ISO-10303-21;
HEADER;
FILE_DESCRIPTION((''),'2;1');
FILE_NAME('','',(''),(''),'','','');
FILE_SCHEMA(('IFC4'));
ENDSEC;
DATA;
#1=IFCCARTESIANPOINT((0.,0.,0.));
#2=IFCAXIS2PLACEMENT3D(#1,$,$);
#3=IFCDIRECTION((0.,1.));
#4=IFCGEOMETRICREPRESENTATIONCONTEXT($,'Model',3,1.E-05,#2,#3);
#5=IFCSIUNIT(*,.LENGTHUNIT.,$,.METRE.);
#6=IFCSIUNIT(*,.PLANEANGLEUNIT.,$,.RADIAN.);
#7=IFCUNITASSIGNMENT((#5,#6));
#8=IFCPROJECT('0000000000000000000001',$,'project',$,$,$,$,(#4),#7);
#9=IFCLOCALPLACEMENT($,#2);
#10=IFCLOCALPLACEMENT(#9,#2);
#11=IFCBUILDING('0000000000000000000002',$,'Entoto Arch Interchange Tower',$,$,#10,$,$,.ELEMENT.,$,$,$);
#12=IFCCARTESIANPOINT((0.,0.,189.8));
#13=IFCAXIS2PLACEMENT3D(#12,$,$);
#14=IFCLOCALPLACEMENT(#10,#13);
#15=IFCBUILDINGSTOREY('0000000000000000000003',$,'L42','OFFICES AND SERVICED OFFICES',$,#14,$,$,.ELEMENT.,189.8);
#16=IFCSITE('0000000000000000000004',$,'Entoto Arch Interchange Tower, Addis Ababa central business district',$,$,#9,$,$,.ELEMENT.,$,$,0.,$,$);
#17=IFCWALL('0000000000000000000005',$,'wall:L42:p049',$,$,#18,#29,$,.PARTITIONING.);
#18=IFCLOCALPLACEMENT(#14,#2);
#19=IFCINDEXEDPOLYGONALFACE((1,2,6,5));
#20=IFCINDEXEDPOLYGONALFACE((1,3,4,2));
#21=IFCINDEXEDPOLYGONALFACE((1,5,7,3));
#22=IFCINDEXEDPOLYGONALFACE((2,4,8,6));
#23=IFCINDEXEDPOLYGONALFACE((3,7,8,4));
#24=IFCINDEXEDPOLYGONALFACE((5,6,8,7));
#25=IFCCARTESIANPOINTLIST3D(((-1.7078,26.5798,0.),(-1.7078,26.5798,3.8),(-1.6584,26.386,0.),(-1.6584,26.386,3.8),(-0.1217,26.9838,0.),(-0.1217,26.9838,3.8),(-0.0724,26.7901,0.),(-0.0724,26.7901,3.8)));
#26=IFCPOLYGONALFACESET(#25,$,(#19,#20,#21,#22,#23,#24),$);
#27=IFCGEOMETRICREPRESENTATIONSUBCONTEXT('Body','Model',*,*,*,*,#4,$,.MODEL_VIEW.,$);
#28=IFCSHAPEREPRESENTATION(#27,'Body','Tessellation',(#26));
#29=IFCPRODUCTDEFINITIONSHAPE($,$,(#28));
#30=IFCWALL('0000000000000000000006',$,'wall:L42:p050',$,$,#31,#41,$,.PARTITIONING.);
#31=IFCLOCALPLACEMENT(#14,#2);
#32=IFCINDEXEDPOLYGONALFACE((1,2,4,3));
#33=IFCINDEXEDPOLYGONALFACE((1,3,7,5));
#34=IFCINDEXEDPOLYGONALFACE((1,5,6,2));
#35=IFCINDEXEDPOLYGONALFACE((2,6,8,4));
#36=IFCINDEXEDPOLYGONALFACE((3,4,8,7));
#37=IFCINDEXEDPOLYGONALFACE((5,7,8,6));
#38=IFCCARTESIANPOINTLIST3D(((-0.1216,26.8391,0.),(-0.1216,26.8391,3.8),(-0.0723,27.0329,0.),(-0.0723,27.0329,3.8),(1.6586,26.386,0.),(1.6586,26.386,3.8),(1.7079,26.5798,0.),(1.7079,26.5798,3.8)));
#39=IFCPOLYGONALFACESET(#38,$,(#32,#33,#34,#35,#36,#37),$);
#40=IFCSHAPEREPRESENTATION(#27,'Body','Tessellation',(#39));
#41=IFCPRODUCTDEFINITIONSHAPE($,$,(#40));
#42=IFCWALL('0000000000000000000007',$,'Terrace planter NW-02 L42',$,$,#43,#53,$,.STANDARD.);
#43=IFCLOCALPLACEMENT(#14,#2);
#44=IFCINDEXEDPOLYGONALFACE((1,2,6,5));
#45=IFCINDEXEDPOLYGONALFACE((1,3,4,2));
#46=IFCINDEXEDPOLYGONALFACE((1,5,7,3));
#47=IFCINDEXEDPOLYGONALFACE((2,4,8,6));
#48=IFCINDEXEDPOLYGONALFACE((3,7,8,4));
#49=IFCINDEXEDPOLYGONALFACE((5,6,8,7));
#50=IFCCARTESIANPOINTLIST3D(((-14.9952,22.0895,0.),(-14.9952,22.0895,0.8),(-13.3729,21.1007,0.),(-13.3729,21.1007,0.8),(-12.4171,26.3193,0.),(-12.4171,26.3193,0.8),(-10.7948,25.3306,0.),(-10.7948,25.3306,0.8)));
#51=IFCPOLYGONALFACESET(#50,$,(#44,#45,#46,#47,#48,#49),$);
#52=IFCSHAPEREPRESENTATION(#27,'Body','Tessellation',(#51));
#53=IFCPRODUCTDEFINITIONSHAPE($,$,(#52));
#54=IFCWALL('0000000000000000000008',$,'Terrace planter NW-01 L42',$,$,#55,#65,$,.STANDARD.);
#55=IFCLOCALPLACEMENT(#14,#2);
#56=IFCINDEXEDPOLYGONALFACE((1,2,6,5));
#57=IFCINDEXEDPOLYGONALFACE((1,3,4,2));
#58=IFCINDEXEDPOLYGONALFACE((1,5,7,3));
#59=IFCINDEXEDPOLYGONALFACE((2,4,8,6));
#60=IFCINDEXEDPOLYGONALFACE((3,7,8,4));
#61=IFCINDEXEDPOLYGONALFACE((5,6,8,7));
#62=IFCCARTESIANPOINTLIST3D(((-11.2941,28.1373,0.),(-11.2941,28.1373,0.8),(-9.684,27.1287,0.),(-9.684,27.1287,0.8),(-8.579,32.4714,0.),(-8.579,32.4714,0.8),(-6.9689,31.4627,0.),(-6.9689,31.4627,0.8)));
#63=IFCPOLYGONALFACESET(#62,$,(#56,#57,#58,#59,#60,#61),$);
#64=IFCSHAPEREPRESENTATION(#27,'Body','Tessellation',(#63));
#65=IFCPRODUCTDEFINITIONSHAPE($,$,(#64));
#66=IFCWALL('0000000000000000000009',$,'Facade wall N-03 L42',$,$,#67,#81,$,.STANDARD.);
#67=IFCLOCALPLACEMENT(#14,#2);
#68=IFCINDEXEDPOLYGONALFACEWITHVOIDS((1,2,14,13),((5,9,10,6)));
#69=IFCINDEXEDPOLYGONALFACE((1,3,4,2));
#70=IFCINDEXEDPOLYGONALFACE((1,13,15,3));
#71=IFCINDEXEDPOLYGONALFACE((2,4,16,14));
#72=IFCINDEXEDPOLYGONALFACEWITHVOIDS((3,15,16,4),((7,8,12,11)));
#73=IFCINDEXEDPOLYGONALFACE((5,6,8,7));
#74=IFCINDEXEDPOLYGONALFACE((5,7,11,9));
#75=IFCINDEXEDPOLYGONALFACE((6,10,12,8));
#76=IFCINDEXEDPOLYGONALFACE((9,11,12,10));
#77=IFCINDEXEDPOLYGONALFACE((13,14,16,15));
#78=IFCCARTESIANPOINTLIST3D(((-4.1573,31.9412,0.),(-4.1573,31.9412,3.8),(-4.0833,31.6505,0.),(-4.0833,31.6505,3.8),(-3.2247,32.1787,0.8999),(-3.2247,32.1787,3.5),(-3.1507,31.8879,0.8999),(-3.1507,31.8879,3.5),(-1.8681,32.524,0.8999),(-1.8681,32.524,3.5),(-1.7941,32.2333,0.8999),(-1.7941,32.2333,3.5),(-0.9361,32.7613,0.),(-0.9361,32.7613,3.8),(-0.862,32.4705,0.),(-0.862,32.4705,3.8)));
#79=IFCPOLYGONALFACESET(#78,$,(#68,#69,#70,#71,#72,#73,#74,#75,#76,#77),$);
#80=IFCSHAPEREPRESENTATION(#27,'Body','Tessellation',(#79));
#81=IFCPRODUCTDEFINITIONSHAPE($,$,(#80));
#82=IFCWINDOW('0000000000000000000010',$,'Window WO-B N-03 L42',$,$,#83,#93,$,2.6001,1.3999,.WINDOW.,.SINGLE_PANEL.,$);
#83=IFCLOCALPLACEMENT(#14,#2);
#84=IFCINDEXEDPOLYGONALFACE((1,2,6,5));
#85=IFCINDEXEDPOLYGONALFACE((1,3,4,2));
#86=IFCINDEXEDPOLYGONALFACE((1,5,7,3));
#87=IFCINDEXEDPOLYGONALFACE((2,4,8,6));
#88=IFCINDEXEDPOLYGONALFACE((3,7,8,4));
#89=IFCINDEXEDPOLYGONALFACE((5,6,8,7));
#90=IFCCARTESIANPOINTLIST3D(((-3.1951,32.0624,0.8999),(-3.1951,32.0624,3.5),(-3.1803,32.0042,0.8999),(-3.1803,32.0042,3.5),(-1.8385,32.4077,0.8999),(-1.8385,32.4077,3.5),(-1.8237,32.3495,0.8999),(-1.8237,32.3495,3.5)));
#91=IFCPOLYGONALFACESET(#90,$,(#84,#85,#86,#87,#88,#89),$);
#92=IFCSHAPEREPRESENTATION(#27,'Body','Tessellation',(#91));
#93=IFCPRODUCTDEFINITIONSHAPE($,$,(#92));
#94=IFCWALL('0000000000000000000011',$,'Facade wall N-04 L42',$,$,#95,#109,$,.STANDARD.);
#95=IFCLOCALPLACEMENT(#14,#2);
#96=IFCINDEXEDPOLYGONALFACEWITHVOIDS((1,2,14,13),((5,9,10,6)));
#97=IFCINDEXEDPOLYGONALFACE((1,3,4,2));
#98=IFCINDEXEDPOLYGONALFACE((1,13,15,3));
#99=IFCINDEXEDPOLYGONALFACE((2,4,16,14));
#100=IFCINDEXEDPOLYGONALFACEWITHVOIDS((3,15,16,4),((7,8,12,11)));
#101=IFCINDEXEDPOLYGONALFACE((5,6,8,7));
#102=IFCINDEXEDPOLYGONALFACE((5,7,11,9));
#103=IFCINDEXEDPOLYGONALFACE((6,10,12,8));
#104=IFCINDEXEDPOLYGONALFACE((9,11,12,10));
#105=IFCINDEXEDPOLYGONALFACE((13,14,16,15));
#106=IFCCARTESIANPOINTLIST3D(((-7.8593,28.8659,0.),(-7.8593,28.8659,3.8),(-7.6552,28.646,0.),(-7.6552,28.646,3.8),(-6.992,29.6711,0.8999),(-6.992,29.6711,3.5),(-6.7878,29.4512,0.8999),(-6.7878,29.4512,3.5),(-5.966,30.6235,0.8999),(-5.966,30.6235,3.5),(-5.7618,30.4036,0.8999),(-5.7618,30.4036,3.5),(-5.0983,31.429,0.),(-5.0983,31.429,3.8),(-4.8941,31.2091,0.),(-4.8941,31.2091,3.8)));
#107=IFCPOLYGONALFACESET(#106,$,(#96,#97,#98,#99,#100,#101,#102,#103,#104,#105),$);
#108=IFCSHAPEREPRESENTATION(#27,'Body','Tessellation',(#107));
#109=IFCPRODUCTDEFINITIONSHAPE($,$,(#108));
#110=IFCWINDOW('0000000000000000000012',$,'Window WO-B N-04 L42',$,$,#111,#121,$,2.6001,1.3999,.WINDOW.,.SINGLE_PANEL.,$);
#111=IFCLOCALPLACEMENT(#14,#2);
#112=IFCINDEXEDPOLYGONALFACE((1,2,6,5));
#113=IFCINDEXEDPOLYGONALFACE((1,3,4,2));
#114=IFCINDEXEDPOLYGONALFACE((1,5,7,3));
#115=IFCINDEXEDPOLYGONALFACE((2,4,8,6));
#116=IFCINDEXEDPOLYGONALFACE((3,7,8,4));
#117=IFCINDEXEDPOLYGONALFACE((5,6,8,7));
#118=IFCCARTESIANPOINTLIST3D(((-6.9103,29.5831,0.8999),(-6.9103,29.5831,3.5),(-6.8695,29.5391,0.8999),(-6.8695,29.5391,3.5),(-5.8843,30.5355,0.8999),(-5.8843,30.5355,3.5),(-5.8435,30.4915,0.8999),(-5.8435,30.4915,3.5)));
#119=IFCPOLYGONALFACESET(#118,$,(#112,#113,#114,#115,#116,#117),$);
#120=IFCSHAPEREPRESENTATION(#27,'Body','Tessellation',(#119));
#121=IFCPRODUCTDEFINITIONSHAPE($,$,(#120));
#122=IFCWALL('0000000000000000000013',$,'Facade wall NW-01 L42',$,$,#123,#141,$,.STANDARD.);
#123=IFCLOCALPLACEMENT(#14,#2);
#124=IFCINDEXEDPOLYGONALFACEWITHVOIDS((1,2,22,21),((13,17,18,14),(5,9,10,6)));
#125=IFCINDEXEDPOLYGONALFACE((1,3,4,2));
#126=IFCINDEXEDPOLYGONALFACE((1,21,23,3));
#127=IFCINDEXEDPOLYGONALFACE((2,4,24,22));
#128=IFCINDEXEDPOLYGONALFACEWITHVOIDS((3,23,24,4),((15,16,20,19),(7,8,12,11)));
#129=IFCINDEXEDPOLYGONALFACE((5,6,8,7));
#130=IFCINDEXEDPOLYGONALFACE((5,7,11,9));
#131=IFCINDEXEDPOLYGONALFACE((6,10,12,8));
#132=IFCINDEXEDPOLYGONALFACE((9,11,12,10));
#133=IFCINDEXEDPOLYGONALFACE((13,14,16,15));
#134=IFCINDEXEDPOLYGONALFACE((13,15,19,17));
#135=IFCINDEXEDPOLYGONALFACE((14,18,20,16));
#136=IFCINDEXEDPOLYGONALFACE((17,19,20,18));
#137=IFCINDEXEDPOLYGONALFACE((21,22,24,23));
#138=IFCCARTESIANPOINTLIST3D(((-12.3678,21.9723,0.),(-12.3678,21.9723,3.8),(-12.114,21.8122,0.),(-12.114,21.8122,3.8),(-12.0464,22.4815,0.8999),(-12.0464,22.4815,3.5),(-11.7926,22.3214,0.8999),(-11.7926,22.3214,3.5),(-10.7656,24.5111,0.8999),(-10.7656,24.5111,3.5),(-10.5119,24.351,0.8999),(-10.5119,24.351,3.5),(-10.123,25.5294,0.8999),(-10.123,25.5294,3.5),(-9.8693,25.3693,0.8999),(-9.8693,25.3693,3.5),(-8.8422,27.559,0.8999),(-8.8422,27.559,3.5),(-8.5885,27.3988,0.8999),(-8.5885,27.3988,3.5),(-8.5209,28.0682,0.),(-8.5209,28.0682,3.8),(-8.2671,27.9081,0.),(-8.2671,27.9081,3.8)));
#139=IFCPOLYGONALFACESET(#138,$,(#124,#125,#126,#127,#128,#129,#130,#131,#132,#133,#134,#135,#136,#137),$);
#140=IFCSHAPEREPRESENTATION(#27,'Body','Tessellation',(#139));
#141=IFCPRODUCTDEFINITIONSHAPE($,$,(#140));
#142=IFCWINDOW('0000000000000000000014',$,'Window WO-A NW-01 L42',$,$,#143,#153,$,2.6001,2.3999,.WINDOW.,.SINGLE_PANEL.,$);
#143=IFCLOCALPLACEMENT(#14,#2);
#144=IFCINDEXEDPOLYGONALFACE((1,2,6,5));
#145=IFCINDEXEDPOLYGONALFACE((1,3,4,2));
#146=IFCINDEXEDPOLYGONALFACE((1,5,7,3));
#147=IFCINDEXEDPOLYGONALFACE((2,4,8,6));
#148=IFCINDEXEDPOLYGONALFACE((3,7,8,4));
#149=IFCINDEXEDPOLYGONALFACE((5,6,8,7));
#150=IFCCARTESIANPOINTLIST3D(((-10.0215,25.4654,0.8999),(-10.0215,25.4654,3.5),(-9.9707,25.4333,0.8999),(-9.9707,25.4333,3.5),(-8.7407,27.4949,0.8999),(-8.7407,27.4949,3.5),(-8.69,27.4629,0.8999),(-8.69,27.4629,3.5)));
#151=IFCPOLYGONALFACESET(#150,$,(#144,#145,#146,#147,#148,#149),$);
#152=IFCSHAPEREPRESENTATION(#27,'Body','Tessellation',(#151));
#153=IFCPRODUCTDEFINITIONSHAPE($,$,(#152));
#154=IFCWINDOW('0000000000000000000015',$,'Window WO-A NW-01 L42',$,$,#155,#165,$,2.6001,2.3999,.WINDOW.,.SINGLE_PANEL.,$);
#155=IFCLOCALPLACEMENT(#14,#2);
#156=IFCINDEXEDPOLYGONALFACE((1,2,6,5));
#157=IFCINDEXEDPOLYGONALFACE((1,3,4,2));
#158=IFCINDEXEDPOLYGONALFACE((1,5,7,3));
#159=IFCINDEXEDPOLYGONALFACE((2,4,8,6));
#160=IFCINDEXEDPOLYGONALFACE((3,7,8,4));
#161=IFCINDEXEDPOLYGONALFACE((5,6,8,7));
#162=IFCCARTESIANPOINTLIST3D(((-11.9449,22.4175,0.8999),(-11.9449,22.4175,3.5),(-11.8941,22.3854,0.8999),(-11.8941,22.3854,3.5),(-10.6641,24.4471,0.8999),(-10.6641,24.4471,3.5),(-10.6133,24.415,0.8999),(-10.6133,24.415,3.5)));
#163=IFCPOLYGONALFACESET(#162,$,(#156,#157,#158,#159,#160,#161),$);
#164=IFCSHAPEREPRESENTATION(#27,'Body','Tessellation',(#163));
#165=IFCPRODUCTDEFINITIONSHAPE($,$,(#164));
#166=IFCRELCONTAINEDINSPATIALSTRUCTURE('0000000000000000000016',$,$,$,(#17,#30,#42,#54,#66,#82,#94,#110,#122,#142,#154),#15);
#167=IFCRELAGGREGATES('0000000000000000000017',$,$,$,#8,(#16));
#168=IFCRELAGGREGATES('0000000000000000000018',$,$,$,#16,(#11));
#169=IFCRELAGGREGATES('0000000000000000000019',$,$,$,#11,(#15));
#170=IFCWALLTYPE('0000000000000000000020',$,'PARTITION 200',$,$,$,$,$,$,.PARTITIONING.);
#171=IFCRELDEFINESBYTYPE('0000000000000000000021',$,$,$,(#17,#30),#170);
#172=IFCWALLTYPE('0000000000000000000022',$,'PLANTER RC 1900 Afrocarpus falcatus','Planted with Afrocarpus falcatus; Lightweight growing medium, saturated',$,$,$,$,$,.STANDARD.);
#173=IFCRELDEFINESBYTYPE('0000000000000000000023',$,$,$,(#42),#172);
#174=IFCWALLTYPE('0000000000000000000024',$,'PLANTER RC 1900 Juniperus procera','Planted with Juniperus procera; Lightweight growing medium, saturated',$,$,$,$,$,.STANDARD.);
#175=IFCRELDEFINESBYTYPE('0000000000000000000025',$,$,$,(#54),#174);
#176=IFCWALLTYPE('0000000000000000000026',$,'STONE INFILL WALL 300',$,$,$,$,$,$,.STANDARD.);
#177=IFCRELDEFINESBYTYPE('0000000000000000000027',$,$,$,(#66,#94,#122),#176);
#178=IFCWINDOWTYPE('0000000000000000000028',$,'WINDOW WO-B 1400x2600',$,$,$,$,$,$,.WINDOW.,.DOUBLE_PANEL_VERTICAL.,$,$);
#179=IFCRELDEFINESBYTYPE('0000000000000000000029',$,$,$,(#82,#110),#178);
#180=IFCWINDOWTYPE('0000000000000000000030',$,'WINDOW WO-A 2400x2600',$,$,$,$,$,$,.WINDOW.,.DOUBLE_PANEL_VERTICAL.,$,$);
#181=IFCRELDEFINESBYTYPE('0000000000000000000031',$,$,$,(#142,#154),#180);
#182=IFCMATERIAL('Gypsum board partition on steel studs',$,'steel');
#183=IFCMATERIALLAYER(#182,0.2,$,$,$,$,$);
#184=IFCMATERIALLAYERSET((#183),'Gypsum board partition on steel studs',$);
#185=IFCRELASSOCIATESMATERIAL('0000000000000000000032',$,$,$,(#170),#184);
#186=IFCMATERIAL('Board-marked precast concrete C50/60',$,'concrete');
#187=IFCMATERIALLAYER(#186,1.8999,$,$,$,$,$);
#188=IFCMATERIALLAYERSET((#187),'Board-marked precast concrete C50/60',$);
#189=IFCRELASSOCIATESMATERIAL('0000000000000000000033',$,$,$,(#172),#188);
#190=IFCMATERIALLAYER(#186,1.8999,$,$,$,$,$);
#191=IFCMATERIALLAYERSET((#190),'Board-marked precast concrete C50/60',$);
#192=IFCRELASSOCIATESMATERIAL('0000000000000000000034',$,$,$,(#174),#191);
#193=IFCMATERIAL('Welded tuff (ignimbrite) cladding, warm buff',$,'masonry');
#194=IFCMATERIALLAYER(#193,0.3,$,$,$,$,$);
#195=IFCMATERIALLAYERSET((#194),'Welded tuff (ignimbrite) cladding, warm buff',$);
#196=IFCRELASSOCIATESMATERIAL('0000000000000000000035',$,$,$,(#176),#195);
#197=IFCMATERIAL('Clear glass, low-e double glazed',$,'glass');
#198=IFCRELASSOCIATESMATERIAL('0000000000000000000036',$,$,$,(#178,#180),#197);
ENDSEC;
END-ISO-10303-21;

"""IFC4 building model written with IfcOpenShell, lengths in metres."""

from ifc_helpers import new_model, si_unit, direction, frame, frame_2d, origin, place, context, subcontext, project, spatial, rectangle, extrude, material, layer, layer_set, type_object, element, fill, save


model = new_model("IFC4")

# Units and contexts
model_context = context("Model", 3, precision=1e-05, world=origin(), true_north=direction((0.0, 1.0)))
body_context = subcontext(model_context, "Body", "Model", "MODEL_VIEW")
ifc_project = project(units=[si_unit("LENGTHUNIT", "METRE"), si_unit("PLANEANGLEUNIT", "RADIAN")], contexts=[model_context])

# Site, building, storey
site_placement = place(None, origin())
site = spatial("IfcSite", under=ifc_project, at=site_placement, Name="Entoto Arch Interchange Tower, Addis Ababa central business district", CompositionType="ELEMENT", RefElevation=0.0)
building_placement = place(site_placement, origin())
building = spatial("IfcBuilding", under=site, at=building_placement, Name="Entoto Arch Interchange Tower", CompositionType="ELEMENT")
storey_placement = place(building_placement, frame((0.0, 0.0, 189.8)))
storey = spatial("IfcBuildingStorey", under=building, at=storey_placement, Name="L42", Description="OFFICES AND SERVICED OFFICES", CompositionType="ELEMENT", Elevation=189.8)

# Shared definitions
ifc_material_1 = material(Name="Gypsum board partition on steel studs", Category="steel")
ifc_layer_1 = layer(ifc_material_1, 0.2)
ifc_layer_set_1 = layer_set([ifc_layer_1], Name="Gypsum board partition on steel studs")
wall_type_1 = type_object("IfcWallType", Name="PARTITION 200", PredefinedType="PARTITIONING", material=ifc_layer_set_1)

# Walls
wall_1_placement = place(storey_placement, frame((-1.6831, 26.4829, 0.0), z_axis=(0.0, 0.0, 1.0), x_axis=(0.969054, 0.24685, 0.0)))
element("IfcWall", 1, at=wall_1_placement, inside=storey, type_object=wall_type_1, Name="wall:L42:p049", PredefinedType="PARTITIONING", context=body_context, shape_type="SweptSolid", body=[
    extrude(rectangle(XDim=1.6367, YDim=0.2, at=frame_2d((0.8184, 0.0))), origin(), (0.0, 0.0, 1.0), 3.8),
])
wall_2_placement = place(storey_placement, frame((-0.0969, 26.936, 0.0), z_axis=(0.0, 0.0, 1.0), x_axis=(0.969094, -0.246693, 0.0)))
element("IfcWall", 2, at=wall_2_placement, inside=storey, type_object=wall_type_1, Name="wall:L42:p050", PredefinedType="PARTITIONING", context=body_context, shape_type="SweptSolid", body=[
    extrude(rectangle(XDim=1.8369, YDim=0.2, at=frame_2d((0.9185, 0.0))), origin(), (0.0, 0.0, 1.0), 3.8),
])
ifc_material_2 = material(Name="Board-marked precast concrete C50/60", Category="concrete")
ifc_layer_2 = layer(ifc_material_2, 1.8999)
ifc_layer_set_2 = layer_set([ifc_layer_2], Name="Board-marked precast concrete C50/60")
wall_type_2 = type_object("IfcWallType", Name="PLANTER RC 1900 Afrocarpus falcatus", Description="Planted with Afrocarpus falcatus; Lightweight growing medium, saturated", PredefinedType="STANDARD", material=ifc_layer_set_2)
wall_3_placement = place(storey_placement, frame((-11.606, 25.825, 0.0), z_axis=(0.0, 0.0, 1.0), x_axis=(-0.520441, -0.853898, 0.0)))
element("IfcWall", 3, at=wall_3_placement, inside=storey, type_object=wall_type_2, Name="Terrace planter NW-02 L42", PredefinedType="STANDARD", context=body_context, shape_type="SweptSolid", body=[
    extrude(rectangle(XDim=4.9536, YDim=1.8999, at=frame_2d((2.4768, 0.0))), origin(), (0.0, 0.0, 1.0), 0.8),
])
ifc_layer_3 = layer(ifc_material_2, 1.8999)
ifc_layer_set_3 = layer_set([ifc_layer_3], Name="Board-marked precast concrete C50/60")
wall_type_3 = type_object("IfcWallType", Name="PLANTER RC 1900 Juniperus procera", Description="Planted with Juniperus procera; Lightweight growing medium, saturated", PredefinedType="STANDARD", material=ifc_layer_set_3)
wall_4_placement = place(storey_placement, frame((-7.7739, 31.967, 0.0), z_axis=(0.0, 0.0, 1.0), x_axis=(-0.530891, -0.84744, 0.0)))
element("IfcWall", 4, at=wall_4_placement, inside=storey, type_object=wall_type_3, Name="Terrace planter NW-01 L42", PredefinedType="STANDARD", context=body_context, shape_type="SweptSolid", body=[
    extrude(rectangle(XDim=5.1143, YDim=1.8999, at=frame_2d((2.5571, 0.0))), origin(), (0.0, 0.0, 1.0), 0.8),
])

# Walls, openings, windows
ifc_material_3 = material(Name="Welded tuff (ignimbrite) cladding, warm buff", Category="masonry")
ifc_layer_4 = layer(ifc_material_3, 0.3)
ifc_layer_set_4 = layer_set([ifc_layer_4], Name="Welded tuff (ignimbrite) cladding, warm buff")
wall_type_4 = type_object("IfcWallType", Name="STONE INFILL WALL 300", PredefinedType="STANDARD", material=ifc_layer_set_4)
wall_5_placement = place(storey_placement, frame((-0.8989, 32.616, 0.0), z_axis=(0.0, 0.0, 1.0), x_axis=(-0.969088, -0.246716, 0.0)))
wall_5 = element("IfcWall", 5, at=wall_5_placement, inside=storey, type_object=wall_type_4, Name="Facade wall N-03 L42", PredefinedType="STANDARD", context=body_context, shape_type="SweptSolid", body=[
    extrude(rectangle(XDim=3.324, YDim=0.3, at=frame_2d((1.6621, 0.0))), origin(), (0.0, 0.0, 1.0), 3.8),
])
opening_1_placement = place(wall_5_placement, frame((0.9619, 0.0, 0.8999)))
opening_1 = element("IfcOpeningElement", 6, at=opening_1_placement, cuts=wall_5, PredefinedType="OPENING", context=body_context, shape_type="SweptSolid", body=[
    extrude(rectangle(XDim=1.3999, YDim=2.6001, at=frame_2d((0.7, 1.3))), frame((0.0, 0.1602, 0.0), z_axis=(0.0, -1.0, 0.0), x_axis=(1.0, 0.0, 0.0)), (0.0, 0.0, 1.0), 0.3201),
])
ifc_material_4 = material(Name="Clear glass, low-e double glazed", Category="glass")
window_type_1 = type_object("IfcWindowType", Name="WINDOW WO-B 1400x2600", PartitioningType="DOUBLE_PANEL_VERTICAL", PredefinedType="WINDOW", material=ifc_material_4)
window_1_placement = place(opening_1_placement, origin())
window_1 = element("IfcWindow", 7, at=window_1_placement, inside=storey, type_object=window_type_1, Name="Window WO-B N-03 L42", OverallHeight=2.6001, OverallWidth=1.3999, PartitioningType="SINGLE_PANEL", PredefinedType="WINDOW", context=body_context, shape_type="SweptSolid", body=[
    extrude(rectangle(XDim=1.3999, YDim=2.6001, at=frame_2d((0.7, 1.3))), frame((0.0, 0.03, 0.0), z_axis=(0.0, -1.0, 0.0), x_axis=(1.0, 0.0, 0.0)), (0.0, 0.0, 1.0), 0.0601),
])
fill(opening_1, window_1)
wall_6_placement = place(storey_placement, frame((-4.9961, 31.3191, 0.0), z_axis=(0.0, 0.0, 1.0), x_axis=(-0.732897, -0.680339, 0.0)))
wall_6 = element("IfcWall", 8, at=wall_6_placement, inside=storey, type_object=wall_type_4, Name="Facade wall N-04 L42", PredefinedType="STANDARD", context=body_context, shape_type="SweptSolid", body=[
    extrude(rectangle(XDim=3.7673, YDim=0.3, at=frame_2d((1.8838, 0.0))), origin(), (0.0, 0.0, 1.0), 3.8),
])
opening_2_placement = place(wall_6_placement, frame((1.1841, 0.0, 0.8999)))
opening_2 = element("IfcOpeningElement", 9, at=opening_2_placement, cuts=wall_6, PredefinedType="OPENING", context=body_context, shape_type="SweptSolid", body=[
    extrude(rectangle(XDim=1.3999, YDim=2.6001, at=frame_2d((0.7, 1.3))), frame((0.0, 0.1602, 0.0), z_axis=(0.0, -1.0, 0.0), x_axis=(1.0, 0.0, 0.0)), (0.0, 0.0, 1.0), 0.3201),
])
window_2_placement = place(opening_2_placement, origin())
window_2 = element("IfcWindow", 10, at=window_2_placement, inside=storey, type_object=window_type_1, Name="Window WO-B N-04 L42", OverallHeight=2.6001, OverallWidth=1.3999, PartitioningType="SINGLE_PANEL", PredefinedType="WINDOW", context=body_context, shape_type="SweptSolid", body=[
    extrude(rectangle(XDim=1.3999, YDim=2.6001, at=frame_2d((0.7, 1.3))), frame((0.0, 0.03, 0.0), z_axis=(0.0, -1.0, 0.0), x_axis=(1.0, 0.0, 0.0)), (0.0, 0.0, 1.0), 0.0601),
])
fill(opening_2, window_2)

# Wall, openings, windows
wall_7_placement = place(storey_placement, frame((-8.394, 27.988, 0.0), z_axis=(0.0, 0.0, 1.0), x_axis=(-0.533681, -0.845686, 0.0)))
wall_7 = element("IfcWall", 11, at=wall_7_placement, inside=storey, type_object=wall_type_4, Name="Facade wall NW-01 L42", PredefinedType="STANDARD", context=body_context, shape_type="SweptSolid", body=[
    extrude(rectangle(XDim=7.2083, YDim=0.3, at=frame_2d((3.604, 0.0))), origin(), (0.0, 0.0, 1.0), 3.8),
])
opening_3_placement = place(wall_7_placement, frame((0.6021, 0.0, 0.8999)))
opening_3 = element("IfcOpeningElement", 12, at=opening_3_placement, cuts=wall_7, PredefinedType="OPENING", context=body_context, shape_type="SweptSolid", body=[
    extrude(rectangle(XDim=2.3999, YDim=2.6001, at=frame_2d((1.2, 1.3))), frame((0.0, 0.1602, 0.0), z_axis=(0.0, -1.0, 0.0), x_axis=(1.0, 0.0, 0.0)), (0.0, 0.0, 1.0), 0.3201),
])
opening_4_placement = place(wall_7_placement, frame((4.2061, 0.0, 0.8999)))
opening_4 = element("IfcOpeningElement", 13, at=opening_4_placement, cuts=wall_7, PredefinedType="OPENING", context=body_context, shape_type="SweptSolid", body=[
    extrude(rectangle(XDim=2.3999, YDim=2.6001, at=frame_2d((1.2, 1.3))), frame((0.0, 0.1602, 0.0), z_axis=(0.0, -1.0, 0.0), x_axis=(1.0, 0.0, 0.0)), (0.0, 0.0, 1.0), 0.3201),
])
window_type_2 = type_object("IfcWindowType", Name="WINDOW WO-A 2400x2600", PartitioningType="DOUBLE_PANEL_VERTICAL", PredefinedType="WINDOW", material=ifc_material_4)
window_3_placement = place(opening_3_placement, origin())
window_3 = element("IfcWindow", 14, at=window_3_placement, inside=storey, type_object=window_type_2, Name="Window WO-A NW-01 L42", OverallHeight=2.6001, OverallWidth=2.3999, PartitioningType="SINGLE_PANEL", PredefinedType="WINDOW", context=body_context, shape_type="SweptSolid", body=[
    extrude(rectangle(XDim=2.3999, YDim=2.6001, at=frame_2d((1.2, 1.3))), frame((0.0, 0.03, 0.0), z_axis=(0.0, -1.0, 0.0), x_axis=(1.0, 0.0, 0.0)), (0.0, 0.0, 1.0), 0.0601),
])
fill(opening_3, window_3)
window_4_placement = place(opening_4_placement, origin())
window_4 = element("IfcWindow", 15, at=window_4_placement, inside=storey, type_object=window_type_2, Name="Window WO-A NW-01 L42", OverallHeight=2.6001, OverallWidth=2.3999, PartitioningType="SINGLE_PANEL", PredefinedType="WINDOW", context=body_context, shape_type="SweptSolid", body=[
    extrude(rectangle(XDim=2.3999, YDim=2.6001, at=frame_2d((1.2, 1.3))), frame((0.0, 0.03, 0.0), z_axis=(0.0, -1.0, 0.0), x_axis=(1.0, 0.0, 0.0)), (0.0, 0.0, 1.0), 0.0601),
])
fill(opening_4, window_4)

save(model, "model.ifc")
